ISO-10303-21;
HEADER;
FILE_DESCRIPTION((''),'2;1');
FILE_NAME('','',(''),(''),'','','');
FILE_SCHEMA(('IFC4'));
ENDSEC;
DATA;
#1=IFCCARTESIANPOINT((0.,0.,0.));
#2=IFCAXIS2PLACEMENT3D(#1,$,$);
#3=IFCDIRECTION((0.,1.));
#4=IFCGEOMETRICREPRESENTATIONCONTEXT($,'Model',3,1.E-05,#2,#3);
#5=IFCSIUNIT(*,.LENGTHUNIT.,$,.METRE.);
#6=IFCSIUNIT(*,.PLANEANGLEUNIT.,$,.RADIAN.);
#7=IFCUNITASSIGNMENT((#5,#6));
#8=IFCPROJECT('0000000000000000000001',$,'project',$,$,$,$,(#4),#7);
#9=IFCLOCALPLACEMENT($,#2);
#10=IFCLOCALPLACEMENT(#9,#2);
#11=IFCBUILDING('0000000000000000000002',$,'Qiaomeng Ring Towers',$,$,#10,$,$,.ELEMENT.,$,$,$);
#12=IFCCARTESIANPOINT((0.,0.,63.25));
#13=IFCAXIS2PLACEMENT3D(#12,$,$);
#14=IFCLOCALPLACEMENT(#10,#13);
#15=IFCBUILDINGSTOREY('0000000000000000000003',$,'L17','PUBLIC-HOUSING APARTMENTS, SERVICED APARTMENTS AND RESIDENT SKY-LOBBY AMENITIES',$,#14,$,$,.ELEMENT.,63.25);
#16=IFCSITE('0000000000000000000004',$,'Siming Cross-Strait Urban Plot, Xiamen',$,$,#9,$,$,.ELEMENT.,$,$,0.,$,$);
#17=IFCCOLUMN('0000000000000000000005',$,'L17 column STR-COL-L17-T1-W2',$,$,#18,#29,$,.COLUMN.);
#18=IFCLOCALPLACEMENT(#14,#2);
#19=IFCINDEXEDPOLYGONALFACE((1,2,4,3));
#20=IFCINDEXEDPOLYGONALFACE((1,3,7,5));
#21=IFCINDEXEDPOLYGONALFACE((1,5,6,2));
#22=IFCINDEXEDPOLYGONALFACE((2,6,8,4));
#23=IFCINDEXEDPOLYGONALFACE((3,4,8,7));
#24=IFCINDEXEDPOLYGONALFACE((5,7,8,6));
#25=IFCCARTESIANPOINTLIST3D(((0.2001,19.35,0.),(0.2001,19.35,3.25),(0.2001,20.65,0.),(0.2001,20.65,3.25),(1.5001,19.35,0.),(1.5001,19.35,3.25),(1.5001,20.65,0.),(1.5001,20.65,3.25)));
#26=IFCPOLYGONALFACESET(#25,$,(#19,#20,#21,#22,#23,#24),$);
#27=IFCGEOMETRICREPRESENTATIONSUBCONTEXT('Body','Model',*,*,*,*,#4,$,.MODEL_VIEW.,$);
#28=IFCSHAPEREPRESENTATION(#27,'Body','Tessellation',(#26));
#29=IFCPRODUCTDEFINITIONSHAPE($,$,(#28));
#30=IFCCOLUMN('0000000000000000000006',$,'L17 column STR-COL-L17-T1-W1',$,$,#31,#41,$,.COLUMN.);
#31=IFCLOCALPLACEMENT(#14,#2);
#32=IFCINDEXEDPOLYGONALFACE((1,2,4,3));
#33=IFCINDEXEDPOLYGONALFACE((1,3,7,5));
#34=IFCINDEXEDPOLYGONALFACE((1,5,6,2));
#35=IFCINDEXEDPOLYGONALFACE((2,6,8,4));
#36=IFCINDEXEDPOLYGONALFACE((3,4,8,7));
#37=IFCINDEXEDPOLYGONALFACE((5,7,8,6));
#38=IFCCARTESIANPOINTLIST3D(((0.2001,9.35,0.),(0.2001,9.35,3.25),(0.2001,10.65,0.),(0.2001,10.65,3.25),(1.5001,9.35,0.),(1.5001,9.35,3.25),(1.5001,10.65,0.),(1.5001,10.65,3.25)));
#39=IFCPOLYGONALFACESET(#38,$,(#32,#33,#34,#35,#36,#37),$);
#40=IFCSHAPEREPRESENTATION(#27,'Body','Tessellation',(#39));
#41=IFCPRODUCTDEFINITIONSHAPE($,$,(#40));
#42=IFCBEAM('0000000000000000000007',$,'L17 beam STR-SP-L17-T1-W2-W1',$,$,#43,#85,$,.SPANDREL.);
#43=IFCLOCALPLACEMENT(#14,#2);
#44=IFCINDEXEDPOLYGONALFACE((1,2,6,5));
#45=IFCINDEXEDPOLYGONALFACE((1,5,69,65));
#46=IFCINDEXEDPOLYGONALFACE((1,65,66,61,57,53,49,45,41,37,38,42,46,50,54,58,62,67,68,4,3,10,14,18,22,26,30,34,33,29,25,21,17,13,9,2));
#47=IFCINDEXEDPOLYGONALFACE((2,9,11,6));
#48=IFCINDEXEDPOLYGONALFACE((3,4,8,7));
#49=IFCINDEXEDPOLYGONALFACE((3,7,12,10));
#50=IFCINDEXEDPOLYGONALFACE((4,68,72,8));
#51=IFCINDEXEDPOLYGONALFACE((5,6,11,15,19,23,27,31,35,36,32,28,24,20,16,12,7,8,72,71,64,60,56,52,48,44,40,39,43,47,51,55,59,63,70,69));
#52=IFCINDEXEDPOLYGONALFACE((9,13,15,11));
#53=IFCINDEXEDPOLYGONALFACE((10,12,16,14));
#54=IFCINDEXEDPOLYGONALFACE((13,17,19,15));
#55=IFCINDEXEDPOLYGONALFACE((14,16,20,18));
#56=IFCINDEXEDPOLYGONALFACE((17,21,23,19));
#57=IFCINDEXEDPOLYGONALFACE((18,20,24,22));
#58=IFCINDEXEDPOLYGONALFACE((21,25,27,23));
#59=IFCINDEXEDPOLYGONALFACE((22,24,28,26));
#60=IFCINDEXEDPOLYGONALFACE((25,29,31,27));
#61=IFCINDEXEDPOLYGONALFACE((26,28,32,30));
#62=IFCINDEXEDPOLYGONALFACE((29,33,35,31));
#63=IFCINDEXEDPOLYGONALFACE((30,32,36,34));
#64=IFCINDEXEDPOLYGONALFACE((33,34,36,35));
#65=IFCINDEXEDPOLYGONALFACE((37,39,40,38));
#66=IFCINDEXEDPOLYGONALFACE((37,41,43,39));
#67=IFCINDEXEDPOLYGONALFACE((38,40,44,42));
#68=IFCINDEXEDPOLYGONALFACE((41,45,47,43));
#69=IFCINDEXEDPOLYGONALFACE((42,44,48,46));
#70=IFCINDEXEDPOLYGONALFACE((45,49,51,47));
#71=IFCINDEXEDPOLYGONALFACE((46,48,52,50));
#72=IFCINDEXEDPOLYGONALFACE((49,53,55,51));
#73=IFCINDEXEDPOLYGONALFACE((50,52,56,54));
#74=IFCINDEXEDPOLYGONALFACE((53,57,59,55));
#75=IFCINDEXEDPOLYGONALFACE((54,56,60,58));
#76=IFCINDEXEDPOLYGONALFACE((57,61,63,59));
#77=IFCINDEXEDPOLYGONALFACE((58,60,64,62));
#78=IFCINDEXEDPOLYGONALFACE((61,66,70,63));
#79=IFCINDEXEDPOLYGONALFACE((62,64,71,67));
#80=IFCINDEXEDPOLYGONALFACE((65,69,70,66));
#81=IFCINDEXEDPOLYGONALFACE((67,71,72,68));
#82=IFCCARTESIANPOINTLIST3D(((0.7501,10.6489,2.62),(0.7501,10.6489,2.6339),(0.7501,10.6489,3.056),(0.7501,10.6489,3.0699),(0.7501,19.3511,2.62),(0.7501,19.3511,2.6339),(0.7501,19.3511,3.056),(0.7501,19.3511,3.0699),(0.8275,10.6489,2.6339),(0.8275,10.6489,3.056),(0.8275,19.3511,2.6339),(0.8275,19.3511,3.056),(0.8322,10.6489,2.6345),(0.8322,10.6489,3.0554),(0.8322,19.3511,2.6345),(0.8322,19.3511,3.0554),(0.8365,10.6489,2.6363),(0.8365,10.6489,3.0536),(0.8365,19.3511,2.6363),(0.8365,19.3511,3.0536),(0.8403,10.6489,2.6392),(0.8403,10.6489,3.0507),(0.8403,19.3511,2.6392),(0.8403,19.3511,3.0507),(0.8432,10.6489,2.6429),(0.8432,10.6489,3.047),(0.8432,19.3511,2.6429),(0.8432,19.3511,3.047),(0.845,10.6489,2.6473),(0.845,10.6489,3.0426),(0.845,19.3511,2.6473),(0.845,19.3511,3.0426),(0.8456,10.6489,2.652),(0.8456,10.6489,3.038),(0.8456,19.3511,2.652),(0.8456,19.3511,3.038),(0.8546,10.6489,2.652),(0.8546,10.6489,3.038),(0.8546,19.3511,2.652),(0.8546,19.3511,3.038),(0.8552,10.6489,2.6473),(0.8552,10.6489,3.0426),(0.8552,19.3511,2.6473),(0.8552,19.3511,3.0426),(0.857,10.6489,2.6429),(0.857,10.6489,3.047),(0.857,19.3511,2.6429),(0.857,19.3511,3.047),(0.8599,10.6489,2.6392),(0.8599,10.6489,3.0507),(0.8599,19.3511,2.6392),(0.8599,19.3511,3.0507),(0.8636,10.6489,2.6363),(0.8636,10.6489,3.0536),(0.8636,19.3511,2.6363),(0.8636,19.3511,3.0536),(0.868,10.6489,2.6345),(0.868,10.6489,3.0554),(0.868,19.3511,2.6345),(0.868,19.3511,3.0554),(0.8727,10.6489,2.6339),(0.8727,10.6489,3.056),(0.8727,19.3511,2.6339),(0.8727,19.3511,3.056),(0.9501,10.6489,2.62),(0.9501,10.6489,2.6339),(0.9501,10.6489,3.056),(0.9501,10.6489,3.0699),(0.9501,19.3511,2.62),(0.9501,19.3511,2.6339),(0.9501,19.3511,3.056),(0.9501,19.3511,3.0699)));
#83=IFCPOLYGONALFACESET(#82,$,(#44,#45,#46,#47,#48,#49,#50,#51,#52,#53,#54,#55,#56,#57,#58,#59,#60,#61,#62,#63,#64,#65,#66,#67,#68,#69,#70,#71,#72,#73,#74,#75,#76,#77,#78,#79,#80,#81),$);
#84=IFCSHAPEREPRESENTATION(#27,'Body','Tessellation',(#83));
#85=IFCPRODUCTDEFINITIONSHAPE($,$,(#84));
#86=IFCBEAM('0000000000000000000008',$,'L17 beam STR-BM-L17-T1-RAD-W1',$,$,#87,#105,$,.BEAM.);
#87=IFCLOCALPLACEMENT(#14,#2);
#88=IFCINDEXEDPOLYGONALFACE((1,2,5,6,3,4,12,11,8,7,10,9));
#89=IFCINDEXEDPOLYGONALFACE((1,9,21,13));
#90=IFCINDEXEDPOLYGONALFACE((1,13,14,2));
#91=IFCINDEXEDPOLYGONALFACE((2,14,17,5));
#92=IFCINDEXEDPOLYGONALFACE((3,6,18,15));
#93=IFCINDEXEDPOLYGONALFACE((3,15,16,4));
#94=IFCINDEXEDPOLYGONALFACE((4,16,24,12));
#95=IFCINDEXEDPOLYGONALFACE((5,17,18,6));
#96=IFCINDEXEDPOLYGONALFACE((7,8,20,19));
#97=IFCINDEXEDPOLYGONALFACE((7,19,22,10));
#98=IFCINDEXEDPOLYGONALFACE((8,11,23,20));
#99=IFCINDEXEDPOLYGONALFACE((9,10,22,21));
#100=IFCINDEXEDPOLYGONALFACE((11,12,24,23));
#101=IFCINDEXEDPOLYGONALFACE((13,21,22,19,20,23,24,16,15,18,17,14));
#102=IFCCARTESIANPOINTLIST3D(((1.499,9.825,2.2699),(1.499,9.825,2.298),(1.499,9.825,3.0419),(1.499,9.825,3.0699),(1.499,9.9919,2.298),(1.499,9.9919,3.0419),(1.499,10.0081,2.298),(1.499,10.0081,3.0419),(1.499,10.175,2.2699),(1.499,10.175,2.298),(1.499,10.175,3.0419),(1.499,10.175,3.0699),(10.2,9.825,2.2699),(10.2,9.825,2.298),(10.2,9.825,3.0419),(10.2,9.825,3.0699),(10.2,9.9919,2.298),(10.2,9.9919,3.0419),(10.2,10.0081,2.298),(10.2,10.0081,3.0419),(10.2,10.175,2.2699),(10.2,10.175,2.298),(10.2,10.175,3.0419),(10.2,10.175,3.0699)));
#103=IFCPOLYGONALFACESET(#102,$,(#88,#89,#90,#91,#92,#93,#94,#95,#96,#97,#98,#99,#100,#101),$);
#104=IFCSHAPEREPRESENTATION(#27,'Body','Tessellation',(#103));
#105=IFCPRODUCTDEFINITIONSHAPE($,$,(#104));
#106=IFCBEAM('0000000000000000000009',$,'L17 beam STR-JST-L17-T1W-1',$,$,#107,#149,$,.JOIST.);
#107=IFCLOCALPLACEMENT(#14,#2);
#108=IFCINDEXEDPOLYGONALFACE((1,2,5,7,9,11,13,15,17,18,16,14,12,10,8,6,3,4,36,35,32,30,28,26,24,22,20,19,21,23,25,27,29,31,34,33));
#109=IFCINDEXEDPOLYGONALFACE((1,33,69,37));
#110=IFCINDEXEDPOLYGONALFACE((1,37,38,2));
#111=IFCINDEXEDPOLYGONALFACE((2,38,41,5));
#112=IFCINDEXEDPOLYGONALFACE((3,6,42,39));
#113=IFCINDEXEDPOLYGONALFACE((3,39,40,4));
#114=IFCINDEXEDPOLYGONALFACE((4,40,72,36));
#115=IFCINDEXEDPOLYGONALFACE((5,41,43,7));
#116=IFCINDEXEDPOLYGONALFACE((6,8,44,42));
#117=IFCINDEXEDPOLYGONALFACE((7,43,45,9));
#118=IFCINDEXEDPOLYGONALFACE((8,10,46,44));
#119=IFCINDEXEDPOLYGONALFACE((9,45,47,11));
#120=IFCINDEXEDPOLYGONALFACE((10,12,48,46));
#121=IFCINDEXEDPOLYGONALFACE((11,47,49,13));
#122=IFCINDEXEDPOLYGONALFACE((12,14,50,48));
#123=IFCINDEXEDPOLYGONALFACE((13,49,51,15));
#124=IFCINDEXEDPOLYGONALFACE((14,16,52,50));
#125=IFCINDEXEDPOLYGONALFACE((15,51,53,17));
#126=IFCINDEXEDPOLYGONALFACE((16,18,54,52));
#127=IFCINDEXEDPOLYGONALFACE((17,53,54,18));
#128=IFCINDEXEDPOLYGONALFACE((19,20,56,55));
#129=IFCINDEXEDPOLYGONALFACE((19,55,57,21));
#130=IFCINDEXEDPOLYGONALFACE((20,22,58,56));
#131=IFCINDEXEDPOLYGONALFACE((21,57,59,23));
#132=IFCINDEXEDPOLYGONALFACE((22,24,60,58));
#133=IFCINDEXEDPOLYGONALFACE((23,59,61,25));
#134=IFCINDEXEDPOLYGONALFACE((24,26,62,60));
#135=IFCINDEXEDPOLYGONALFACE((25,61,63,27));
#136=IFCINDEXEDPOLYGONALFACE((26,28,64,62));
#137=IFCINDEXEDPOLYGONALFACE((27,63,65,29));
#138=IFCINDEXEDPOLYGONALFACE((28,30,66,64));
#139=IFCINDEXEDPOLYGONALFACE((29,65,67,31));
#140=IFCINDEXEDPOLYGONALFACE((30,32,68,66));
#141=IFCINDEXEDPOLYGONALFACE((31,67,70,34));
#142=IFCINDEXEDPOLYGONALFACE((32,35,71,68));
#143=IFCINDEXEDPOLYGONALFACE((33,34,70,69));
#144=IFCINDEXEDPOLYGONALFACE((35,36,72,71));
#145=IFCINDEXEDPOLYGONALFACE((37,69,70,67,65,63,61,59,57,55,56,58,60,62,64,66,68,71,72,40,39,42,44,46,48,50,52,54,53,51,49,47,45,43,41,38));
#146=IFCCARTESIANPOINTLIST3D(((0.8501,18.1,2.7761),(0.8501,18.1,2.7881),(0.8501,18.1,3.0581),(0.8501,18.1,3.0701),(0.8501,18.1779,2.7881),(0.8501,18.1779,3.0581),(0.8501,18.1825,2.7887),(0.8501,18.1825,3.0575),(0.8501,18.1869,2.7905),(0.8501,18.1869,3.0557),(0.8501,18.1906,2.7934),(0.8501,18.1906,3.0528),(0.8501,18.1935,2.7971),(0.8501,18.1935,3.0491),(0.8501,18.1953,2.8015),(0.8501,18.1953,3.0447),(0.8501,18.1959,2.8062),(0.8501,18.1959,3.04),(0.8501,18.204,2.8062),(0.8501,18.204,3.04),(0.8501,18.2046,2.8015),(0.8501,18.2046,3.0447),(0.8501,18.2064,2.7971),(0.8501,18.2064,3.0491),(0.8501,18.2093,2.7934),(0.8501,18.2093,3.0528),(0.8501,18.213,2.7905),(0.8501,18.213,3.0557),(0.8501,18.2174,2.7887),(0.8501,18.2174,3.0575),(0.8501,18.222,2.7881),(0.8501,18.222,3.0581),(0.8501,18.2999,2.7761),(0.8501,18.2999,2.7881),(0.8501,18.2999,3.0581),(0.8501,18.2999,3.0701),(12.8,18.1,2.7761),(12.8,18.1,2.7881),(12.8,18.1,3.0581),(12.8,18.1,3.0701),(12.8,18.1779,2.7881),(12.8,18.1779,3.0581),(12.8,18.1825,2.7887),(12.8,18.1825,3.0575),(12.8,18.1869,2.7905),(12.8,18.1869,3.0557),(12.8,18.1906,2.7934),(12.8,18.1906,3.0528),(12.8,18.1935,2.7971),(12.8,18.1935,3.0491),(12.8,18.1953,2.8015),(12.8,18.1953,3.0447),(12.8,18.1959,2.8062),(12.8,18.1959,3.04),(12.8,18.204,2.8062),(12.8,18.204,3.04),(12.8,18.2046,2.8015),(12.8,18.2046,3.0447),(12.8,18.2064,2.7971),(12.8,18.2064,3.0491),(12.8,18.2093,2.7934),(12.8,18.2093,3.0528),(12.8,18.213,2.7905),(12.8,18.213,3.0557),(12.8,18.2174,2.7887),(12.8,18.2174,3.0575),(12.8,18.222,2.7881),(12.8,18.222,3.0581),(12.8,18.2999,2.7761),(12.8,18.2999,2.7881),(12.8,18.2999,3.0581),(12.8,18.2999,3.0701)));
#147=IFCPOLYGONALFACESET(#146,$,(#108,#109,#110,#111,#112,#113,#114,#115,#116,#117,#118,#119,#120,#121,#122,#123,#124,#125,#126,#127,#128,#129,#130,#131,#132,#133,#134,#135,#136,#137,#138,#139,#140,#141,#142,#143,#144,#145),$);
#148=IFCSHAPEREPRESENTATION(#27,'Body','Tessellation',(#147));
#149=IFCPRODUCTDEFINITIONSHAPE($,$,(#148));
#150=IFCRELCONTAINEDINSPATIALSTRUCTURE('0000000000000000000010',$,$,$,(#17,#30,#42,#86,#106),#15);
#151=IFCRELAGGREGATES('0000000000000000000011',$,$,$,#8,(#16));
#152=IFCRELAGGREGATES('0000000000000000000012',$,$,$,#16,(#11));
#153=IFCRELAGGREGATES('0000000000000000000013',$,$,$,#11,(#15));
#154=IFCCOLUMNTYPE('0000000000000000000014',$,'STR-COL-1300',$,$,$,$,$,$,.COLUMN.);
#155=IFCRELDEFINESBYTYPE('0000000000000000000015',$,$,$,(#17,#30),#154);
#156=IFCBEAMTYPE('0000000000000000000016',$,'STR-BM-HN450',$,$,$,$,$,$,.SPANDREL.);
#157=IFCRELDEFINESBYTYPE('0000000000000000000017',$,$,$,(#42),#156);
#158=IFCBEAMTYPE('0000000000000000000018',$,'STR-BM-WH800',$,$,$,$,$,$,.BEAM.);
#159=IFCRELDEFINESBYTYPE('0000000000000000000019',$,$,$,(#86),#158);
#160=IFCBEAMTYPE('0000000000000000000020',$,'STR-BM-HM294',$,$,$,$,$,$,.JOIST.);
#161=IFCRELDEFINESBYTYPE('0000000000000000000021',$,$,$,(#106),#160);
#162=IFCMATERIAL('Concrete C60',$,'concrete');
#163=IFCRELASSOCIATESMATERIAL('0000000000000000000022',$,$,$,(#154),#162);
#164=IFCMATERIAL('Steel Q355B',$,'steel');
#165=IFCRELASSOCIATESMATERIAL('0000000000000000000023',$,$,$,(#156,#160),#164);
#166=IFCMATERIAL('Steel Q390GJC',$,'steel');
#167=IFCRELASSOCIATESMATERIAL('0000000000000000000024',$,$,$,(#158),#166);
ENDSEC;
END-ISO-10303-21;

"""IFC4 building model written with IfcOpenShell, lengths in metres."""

from ifc_helpers import new_model, si_unit, direction, frame, origin, origin_2d, place, context, subcontext, project, spatial, rectangle, i_section, extrude, source, transform, mapped, material, material_profile, profile_set, type_object, element, save


model = new_model("IFC4")

# Units and contexts
model_context = context("Model", 3, precision=1e-05, world=origin(), true_north=direction((0.0, 1.0)))
body_context = subcontext(model_context, "Body", "Model", "MODEL_VIEW")
ifc_project = project(units=[si_unit("LENGTHUNIT", "METRE"), si_unit("PLANEANGLEUNIT", "RADIAN")], contexts=[model_context])

# Site, building, storey
site_placement = place(None, origin())
site = spatial("IfcSite", under=ifc_project, at=site_placement, Name="Siming Cross-Strait Urban Plot, Xiamen", CompositionType="ELEMENT", RefElevation=0.0)
building_placement = place(site_placement, origin())
building = spatial("IfcBuilding", under=site, at=building_placement, Name="Qiaomeng Ring Towers", CompositionType="ELEMENT")
storey_placement = place(building_placement, frame((0.0, 0.0, 63.25)))
storey = spatial("IfcBuildingStorey", under=building, at=storey_placement, Name="L17", Description="PUBLIC-HOUSING APARTMENTS, SERVICED APARTMENTS AND RESIDENT SKY-LOBBY AMENITIES", CompositionType="ELEMENT", Elevation=63.25)

# Columns
ifc_material_1 = material(Name="Concrete C60", Category="concrete")
ifc_material_profile_1 = material_profile(ifc_material_1, rectangle(XDim=1.3, YDim=1.3, at=origin_2d()), Name="RC COL 1300x1300")
ifc_profile_set_1 = profile_set([ifc_material_profile_1], Name="Concrete C60")
column_type = type_object("IfcColumnType", Name="STR-COL-1300", PredefinedType="COLUMN", material=ifc_profile_set_1)
shared_shape_1 = source(origin(), body_context, "Body", "SweptSolid", [
    extrude(rectangle(XDim=1.3, YDim=1.3, at=origin_2d()), origin(), (0.0, 0.0, 1.0), 3.25),
])
for number, where, z_axis, x_axis, name in (
    (1, (0.8501, 20.0, 0.0), (0.0, 0.0, 1.0), (1.0, 0.0, 0.0), "L17 column STR-COL-L17-T1-W2"),
    (2, (0.8501, 10.0, 0.0), (0.0, 0.0, 1.0), (1.0, 0.0, 0.0), "L17 column STR-COL-L17-T1-W1"),
):
    element("IfcColumn", number, at=place(storey_placement, frame(where, z_axis=z_axis, x_axis=x_axis)), inside=storey, type_object=column_type, Name=name, PredefinedType="COLUMN", context=body_context, shape_type="MappedRepresentation", body=[
        mapped(shared_shape_1, transform((0.0, 0.0, 0.0), x_axis=(1.0, 0.0, 0.0), y_axis=(0.0, 1.0, 0.0), z_axis=(0.0, 0.0, 1.0), scale=1.0)),
    ])

# Beams
ifc_material_2 = material(Name="Steel Q355B", Category="steel")
ifc_material_profile_2 = material_profile(ifc_material_2, i_section(OverallWidth=0.2, OverallDepth=0.45, WebThickness=0.009, FlangeThickness=0.0139, FilletRadius=0.0181, at=origin_2d()), Name="HN 450x200x9x14")
ifc_profile_set_2 = profile_set([ifc_material_profile_2], Name="Steel Q355B")
beam_type_1 = type_object("IfcBeamType", Name="STR-BM-HN450", PredefinedType="SPANDREL", material=ifc_profile_set_2)
shared_shape_2 = source(origin(), body_context, "Body", "SweptSolid", [
    extrude(i_section(OverallWidth=0.2, OverallDepth=0.45, WebThickness=0.009, FlangeThickness=0.0139, FilletRadius=0.0181, at=origin_2d()), origin(), (0.0, 0.0, 1.0), 8.7021),
])
beam_1_placement = place(storey_placement, frame((0.8501, 19.3511, 2.845), z_axis=(0.0, -1.0, 0.0), x_axis=(1.0, 0.0, 0.0)))
element("IfcBeam", 3, at=beam_1_placement, inside=storey, type_object=beam_type_1, Name="L17 beam STR-SP-L17-T1-W2-W1", PredefinedType="SPANDREL", context=body_context, shape_type="MappedRepresentation", body=[
    mapped(shared_shape_2, transform((0.0, 0.0, 0.0), x_axis=(1.0, 0.0, 0.0), y_axis=(0.0, 1.0, 0.0), z_axis=(0.0, 0.0, 1.0), scale=1.0)),
])
ifc_material_3 = material(Name="Steel Q390GJC", Category="steel")
ifc_material_profile_3 = material_profile(ifc_material_3, i_section(OverallWidth=0.3501, OverallDepth=0.8, WebThickness=0.0161, FlangeThickness=0.0281, at=origin_2d()), Name="WH 800x350x16x28")
ifc_profile_set_3 = profile_set([ifc_material_profile_3], Name="Steel Q390GJC")
beam_type_2 = type_object("IfcBeamType", Name="STR-BM-WH800", PredefinedType="BEAM", material=ifc_profile_set_3)
shared_shape_3 = source(origin(), body_context, "Body", "SweptSolid", [
    extrude(i_section(OverallWidth=0.3501, OverallDepth=0.8, WebThickness=0.0161, FlangeThickness=0.0281, at=origin_2d()), origin(), (0.0, 0.0, 1.0), 8.7009),
])
beam_2_placement = place(storey_placement, frame((1.499, 10.0, 2.6699), z_axis=(1.0, 0.0, 0.0), x_axis=(0.0, 1.0, 0.0)))
element("IfcBeam", 4, at=beam_2_placement, inside=storey, type_object=beam_type_2, Name="L17 beam STR-BM-L17-T1-RAD-W1", PredefinedType="BEAM", context=body_context, shape_type="MappedRepresentation", body=[
    mapped(shared_shape_3, transform((0.0, 0.0, 0.0), x_axis=(1.0, 0.0, 0.0), y_axis=(0.0, 1.0, 0.0), z_axis=(0.0, 0.0, 1.0), scale=1.0)),
])
ifc_material_profile_4 = material_profile(ifc_material_2, i_section(OverallWidth=0.2, OverallDepth=0.2939, WebThickness=0.0081, FlangeThickness=0.012, FilletRadius=0.0181, at=origin_2d()), Name="HM 294x200x8x12")
ifc_profile_set_4 = profile_set([ifc_material_profile_4], Name="Steel Q355B")
beam_type_3 = type_object("IfcBeamType", Name="STR-BM-HM294", PredefinedType="JOIST", material=ifc_profile_set_4)
shared_shape_4 = source(origin(), body_context, "Body", "SweptSolid", [
    extrude(i_section(OverallWidth=0.2, OverallDepth=0.2939, WebThickness=0.0081, FlangeThickness=0.012, FilletRadius=0.0181, at=origin_2d()), origin(), (0.0, 0.0, 1.0), 11.95),
])
beam_3_placement = place(storey_placement, frame((0.8501, 18.2, 2.9231), z_axis=(1.0, 0.0, 0.0), x_axis=(0.0, 1.0, 0.0)))
element("IfcBeam", 5, at=beam_3_placement, inside=storey, type_object=beam_type_3, Name="L17 beam STR-JST-L17-T1W-1", PredefinedType="JOIST", context=body_context, shape_type="MappedRepresentation", body=[
    mapped(shared_shape_4, transform((0.0, 0.0, 0.0), x_axis=(1.0, 0.0, 0.0), y_axis=(0.0, 1.0, 0.0), z_axis=(0.0, 0.0, 1.0), scale=1.0)),
])

save(model, "model.ifc")
